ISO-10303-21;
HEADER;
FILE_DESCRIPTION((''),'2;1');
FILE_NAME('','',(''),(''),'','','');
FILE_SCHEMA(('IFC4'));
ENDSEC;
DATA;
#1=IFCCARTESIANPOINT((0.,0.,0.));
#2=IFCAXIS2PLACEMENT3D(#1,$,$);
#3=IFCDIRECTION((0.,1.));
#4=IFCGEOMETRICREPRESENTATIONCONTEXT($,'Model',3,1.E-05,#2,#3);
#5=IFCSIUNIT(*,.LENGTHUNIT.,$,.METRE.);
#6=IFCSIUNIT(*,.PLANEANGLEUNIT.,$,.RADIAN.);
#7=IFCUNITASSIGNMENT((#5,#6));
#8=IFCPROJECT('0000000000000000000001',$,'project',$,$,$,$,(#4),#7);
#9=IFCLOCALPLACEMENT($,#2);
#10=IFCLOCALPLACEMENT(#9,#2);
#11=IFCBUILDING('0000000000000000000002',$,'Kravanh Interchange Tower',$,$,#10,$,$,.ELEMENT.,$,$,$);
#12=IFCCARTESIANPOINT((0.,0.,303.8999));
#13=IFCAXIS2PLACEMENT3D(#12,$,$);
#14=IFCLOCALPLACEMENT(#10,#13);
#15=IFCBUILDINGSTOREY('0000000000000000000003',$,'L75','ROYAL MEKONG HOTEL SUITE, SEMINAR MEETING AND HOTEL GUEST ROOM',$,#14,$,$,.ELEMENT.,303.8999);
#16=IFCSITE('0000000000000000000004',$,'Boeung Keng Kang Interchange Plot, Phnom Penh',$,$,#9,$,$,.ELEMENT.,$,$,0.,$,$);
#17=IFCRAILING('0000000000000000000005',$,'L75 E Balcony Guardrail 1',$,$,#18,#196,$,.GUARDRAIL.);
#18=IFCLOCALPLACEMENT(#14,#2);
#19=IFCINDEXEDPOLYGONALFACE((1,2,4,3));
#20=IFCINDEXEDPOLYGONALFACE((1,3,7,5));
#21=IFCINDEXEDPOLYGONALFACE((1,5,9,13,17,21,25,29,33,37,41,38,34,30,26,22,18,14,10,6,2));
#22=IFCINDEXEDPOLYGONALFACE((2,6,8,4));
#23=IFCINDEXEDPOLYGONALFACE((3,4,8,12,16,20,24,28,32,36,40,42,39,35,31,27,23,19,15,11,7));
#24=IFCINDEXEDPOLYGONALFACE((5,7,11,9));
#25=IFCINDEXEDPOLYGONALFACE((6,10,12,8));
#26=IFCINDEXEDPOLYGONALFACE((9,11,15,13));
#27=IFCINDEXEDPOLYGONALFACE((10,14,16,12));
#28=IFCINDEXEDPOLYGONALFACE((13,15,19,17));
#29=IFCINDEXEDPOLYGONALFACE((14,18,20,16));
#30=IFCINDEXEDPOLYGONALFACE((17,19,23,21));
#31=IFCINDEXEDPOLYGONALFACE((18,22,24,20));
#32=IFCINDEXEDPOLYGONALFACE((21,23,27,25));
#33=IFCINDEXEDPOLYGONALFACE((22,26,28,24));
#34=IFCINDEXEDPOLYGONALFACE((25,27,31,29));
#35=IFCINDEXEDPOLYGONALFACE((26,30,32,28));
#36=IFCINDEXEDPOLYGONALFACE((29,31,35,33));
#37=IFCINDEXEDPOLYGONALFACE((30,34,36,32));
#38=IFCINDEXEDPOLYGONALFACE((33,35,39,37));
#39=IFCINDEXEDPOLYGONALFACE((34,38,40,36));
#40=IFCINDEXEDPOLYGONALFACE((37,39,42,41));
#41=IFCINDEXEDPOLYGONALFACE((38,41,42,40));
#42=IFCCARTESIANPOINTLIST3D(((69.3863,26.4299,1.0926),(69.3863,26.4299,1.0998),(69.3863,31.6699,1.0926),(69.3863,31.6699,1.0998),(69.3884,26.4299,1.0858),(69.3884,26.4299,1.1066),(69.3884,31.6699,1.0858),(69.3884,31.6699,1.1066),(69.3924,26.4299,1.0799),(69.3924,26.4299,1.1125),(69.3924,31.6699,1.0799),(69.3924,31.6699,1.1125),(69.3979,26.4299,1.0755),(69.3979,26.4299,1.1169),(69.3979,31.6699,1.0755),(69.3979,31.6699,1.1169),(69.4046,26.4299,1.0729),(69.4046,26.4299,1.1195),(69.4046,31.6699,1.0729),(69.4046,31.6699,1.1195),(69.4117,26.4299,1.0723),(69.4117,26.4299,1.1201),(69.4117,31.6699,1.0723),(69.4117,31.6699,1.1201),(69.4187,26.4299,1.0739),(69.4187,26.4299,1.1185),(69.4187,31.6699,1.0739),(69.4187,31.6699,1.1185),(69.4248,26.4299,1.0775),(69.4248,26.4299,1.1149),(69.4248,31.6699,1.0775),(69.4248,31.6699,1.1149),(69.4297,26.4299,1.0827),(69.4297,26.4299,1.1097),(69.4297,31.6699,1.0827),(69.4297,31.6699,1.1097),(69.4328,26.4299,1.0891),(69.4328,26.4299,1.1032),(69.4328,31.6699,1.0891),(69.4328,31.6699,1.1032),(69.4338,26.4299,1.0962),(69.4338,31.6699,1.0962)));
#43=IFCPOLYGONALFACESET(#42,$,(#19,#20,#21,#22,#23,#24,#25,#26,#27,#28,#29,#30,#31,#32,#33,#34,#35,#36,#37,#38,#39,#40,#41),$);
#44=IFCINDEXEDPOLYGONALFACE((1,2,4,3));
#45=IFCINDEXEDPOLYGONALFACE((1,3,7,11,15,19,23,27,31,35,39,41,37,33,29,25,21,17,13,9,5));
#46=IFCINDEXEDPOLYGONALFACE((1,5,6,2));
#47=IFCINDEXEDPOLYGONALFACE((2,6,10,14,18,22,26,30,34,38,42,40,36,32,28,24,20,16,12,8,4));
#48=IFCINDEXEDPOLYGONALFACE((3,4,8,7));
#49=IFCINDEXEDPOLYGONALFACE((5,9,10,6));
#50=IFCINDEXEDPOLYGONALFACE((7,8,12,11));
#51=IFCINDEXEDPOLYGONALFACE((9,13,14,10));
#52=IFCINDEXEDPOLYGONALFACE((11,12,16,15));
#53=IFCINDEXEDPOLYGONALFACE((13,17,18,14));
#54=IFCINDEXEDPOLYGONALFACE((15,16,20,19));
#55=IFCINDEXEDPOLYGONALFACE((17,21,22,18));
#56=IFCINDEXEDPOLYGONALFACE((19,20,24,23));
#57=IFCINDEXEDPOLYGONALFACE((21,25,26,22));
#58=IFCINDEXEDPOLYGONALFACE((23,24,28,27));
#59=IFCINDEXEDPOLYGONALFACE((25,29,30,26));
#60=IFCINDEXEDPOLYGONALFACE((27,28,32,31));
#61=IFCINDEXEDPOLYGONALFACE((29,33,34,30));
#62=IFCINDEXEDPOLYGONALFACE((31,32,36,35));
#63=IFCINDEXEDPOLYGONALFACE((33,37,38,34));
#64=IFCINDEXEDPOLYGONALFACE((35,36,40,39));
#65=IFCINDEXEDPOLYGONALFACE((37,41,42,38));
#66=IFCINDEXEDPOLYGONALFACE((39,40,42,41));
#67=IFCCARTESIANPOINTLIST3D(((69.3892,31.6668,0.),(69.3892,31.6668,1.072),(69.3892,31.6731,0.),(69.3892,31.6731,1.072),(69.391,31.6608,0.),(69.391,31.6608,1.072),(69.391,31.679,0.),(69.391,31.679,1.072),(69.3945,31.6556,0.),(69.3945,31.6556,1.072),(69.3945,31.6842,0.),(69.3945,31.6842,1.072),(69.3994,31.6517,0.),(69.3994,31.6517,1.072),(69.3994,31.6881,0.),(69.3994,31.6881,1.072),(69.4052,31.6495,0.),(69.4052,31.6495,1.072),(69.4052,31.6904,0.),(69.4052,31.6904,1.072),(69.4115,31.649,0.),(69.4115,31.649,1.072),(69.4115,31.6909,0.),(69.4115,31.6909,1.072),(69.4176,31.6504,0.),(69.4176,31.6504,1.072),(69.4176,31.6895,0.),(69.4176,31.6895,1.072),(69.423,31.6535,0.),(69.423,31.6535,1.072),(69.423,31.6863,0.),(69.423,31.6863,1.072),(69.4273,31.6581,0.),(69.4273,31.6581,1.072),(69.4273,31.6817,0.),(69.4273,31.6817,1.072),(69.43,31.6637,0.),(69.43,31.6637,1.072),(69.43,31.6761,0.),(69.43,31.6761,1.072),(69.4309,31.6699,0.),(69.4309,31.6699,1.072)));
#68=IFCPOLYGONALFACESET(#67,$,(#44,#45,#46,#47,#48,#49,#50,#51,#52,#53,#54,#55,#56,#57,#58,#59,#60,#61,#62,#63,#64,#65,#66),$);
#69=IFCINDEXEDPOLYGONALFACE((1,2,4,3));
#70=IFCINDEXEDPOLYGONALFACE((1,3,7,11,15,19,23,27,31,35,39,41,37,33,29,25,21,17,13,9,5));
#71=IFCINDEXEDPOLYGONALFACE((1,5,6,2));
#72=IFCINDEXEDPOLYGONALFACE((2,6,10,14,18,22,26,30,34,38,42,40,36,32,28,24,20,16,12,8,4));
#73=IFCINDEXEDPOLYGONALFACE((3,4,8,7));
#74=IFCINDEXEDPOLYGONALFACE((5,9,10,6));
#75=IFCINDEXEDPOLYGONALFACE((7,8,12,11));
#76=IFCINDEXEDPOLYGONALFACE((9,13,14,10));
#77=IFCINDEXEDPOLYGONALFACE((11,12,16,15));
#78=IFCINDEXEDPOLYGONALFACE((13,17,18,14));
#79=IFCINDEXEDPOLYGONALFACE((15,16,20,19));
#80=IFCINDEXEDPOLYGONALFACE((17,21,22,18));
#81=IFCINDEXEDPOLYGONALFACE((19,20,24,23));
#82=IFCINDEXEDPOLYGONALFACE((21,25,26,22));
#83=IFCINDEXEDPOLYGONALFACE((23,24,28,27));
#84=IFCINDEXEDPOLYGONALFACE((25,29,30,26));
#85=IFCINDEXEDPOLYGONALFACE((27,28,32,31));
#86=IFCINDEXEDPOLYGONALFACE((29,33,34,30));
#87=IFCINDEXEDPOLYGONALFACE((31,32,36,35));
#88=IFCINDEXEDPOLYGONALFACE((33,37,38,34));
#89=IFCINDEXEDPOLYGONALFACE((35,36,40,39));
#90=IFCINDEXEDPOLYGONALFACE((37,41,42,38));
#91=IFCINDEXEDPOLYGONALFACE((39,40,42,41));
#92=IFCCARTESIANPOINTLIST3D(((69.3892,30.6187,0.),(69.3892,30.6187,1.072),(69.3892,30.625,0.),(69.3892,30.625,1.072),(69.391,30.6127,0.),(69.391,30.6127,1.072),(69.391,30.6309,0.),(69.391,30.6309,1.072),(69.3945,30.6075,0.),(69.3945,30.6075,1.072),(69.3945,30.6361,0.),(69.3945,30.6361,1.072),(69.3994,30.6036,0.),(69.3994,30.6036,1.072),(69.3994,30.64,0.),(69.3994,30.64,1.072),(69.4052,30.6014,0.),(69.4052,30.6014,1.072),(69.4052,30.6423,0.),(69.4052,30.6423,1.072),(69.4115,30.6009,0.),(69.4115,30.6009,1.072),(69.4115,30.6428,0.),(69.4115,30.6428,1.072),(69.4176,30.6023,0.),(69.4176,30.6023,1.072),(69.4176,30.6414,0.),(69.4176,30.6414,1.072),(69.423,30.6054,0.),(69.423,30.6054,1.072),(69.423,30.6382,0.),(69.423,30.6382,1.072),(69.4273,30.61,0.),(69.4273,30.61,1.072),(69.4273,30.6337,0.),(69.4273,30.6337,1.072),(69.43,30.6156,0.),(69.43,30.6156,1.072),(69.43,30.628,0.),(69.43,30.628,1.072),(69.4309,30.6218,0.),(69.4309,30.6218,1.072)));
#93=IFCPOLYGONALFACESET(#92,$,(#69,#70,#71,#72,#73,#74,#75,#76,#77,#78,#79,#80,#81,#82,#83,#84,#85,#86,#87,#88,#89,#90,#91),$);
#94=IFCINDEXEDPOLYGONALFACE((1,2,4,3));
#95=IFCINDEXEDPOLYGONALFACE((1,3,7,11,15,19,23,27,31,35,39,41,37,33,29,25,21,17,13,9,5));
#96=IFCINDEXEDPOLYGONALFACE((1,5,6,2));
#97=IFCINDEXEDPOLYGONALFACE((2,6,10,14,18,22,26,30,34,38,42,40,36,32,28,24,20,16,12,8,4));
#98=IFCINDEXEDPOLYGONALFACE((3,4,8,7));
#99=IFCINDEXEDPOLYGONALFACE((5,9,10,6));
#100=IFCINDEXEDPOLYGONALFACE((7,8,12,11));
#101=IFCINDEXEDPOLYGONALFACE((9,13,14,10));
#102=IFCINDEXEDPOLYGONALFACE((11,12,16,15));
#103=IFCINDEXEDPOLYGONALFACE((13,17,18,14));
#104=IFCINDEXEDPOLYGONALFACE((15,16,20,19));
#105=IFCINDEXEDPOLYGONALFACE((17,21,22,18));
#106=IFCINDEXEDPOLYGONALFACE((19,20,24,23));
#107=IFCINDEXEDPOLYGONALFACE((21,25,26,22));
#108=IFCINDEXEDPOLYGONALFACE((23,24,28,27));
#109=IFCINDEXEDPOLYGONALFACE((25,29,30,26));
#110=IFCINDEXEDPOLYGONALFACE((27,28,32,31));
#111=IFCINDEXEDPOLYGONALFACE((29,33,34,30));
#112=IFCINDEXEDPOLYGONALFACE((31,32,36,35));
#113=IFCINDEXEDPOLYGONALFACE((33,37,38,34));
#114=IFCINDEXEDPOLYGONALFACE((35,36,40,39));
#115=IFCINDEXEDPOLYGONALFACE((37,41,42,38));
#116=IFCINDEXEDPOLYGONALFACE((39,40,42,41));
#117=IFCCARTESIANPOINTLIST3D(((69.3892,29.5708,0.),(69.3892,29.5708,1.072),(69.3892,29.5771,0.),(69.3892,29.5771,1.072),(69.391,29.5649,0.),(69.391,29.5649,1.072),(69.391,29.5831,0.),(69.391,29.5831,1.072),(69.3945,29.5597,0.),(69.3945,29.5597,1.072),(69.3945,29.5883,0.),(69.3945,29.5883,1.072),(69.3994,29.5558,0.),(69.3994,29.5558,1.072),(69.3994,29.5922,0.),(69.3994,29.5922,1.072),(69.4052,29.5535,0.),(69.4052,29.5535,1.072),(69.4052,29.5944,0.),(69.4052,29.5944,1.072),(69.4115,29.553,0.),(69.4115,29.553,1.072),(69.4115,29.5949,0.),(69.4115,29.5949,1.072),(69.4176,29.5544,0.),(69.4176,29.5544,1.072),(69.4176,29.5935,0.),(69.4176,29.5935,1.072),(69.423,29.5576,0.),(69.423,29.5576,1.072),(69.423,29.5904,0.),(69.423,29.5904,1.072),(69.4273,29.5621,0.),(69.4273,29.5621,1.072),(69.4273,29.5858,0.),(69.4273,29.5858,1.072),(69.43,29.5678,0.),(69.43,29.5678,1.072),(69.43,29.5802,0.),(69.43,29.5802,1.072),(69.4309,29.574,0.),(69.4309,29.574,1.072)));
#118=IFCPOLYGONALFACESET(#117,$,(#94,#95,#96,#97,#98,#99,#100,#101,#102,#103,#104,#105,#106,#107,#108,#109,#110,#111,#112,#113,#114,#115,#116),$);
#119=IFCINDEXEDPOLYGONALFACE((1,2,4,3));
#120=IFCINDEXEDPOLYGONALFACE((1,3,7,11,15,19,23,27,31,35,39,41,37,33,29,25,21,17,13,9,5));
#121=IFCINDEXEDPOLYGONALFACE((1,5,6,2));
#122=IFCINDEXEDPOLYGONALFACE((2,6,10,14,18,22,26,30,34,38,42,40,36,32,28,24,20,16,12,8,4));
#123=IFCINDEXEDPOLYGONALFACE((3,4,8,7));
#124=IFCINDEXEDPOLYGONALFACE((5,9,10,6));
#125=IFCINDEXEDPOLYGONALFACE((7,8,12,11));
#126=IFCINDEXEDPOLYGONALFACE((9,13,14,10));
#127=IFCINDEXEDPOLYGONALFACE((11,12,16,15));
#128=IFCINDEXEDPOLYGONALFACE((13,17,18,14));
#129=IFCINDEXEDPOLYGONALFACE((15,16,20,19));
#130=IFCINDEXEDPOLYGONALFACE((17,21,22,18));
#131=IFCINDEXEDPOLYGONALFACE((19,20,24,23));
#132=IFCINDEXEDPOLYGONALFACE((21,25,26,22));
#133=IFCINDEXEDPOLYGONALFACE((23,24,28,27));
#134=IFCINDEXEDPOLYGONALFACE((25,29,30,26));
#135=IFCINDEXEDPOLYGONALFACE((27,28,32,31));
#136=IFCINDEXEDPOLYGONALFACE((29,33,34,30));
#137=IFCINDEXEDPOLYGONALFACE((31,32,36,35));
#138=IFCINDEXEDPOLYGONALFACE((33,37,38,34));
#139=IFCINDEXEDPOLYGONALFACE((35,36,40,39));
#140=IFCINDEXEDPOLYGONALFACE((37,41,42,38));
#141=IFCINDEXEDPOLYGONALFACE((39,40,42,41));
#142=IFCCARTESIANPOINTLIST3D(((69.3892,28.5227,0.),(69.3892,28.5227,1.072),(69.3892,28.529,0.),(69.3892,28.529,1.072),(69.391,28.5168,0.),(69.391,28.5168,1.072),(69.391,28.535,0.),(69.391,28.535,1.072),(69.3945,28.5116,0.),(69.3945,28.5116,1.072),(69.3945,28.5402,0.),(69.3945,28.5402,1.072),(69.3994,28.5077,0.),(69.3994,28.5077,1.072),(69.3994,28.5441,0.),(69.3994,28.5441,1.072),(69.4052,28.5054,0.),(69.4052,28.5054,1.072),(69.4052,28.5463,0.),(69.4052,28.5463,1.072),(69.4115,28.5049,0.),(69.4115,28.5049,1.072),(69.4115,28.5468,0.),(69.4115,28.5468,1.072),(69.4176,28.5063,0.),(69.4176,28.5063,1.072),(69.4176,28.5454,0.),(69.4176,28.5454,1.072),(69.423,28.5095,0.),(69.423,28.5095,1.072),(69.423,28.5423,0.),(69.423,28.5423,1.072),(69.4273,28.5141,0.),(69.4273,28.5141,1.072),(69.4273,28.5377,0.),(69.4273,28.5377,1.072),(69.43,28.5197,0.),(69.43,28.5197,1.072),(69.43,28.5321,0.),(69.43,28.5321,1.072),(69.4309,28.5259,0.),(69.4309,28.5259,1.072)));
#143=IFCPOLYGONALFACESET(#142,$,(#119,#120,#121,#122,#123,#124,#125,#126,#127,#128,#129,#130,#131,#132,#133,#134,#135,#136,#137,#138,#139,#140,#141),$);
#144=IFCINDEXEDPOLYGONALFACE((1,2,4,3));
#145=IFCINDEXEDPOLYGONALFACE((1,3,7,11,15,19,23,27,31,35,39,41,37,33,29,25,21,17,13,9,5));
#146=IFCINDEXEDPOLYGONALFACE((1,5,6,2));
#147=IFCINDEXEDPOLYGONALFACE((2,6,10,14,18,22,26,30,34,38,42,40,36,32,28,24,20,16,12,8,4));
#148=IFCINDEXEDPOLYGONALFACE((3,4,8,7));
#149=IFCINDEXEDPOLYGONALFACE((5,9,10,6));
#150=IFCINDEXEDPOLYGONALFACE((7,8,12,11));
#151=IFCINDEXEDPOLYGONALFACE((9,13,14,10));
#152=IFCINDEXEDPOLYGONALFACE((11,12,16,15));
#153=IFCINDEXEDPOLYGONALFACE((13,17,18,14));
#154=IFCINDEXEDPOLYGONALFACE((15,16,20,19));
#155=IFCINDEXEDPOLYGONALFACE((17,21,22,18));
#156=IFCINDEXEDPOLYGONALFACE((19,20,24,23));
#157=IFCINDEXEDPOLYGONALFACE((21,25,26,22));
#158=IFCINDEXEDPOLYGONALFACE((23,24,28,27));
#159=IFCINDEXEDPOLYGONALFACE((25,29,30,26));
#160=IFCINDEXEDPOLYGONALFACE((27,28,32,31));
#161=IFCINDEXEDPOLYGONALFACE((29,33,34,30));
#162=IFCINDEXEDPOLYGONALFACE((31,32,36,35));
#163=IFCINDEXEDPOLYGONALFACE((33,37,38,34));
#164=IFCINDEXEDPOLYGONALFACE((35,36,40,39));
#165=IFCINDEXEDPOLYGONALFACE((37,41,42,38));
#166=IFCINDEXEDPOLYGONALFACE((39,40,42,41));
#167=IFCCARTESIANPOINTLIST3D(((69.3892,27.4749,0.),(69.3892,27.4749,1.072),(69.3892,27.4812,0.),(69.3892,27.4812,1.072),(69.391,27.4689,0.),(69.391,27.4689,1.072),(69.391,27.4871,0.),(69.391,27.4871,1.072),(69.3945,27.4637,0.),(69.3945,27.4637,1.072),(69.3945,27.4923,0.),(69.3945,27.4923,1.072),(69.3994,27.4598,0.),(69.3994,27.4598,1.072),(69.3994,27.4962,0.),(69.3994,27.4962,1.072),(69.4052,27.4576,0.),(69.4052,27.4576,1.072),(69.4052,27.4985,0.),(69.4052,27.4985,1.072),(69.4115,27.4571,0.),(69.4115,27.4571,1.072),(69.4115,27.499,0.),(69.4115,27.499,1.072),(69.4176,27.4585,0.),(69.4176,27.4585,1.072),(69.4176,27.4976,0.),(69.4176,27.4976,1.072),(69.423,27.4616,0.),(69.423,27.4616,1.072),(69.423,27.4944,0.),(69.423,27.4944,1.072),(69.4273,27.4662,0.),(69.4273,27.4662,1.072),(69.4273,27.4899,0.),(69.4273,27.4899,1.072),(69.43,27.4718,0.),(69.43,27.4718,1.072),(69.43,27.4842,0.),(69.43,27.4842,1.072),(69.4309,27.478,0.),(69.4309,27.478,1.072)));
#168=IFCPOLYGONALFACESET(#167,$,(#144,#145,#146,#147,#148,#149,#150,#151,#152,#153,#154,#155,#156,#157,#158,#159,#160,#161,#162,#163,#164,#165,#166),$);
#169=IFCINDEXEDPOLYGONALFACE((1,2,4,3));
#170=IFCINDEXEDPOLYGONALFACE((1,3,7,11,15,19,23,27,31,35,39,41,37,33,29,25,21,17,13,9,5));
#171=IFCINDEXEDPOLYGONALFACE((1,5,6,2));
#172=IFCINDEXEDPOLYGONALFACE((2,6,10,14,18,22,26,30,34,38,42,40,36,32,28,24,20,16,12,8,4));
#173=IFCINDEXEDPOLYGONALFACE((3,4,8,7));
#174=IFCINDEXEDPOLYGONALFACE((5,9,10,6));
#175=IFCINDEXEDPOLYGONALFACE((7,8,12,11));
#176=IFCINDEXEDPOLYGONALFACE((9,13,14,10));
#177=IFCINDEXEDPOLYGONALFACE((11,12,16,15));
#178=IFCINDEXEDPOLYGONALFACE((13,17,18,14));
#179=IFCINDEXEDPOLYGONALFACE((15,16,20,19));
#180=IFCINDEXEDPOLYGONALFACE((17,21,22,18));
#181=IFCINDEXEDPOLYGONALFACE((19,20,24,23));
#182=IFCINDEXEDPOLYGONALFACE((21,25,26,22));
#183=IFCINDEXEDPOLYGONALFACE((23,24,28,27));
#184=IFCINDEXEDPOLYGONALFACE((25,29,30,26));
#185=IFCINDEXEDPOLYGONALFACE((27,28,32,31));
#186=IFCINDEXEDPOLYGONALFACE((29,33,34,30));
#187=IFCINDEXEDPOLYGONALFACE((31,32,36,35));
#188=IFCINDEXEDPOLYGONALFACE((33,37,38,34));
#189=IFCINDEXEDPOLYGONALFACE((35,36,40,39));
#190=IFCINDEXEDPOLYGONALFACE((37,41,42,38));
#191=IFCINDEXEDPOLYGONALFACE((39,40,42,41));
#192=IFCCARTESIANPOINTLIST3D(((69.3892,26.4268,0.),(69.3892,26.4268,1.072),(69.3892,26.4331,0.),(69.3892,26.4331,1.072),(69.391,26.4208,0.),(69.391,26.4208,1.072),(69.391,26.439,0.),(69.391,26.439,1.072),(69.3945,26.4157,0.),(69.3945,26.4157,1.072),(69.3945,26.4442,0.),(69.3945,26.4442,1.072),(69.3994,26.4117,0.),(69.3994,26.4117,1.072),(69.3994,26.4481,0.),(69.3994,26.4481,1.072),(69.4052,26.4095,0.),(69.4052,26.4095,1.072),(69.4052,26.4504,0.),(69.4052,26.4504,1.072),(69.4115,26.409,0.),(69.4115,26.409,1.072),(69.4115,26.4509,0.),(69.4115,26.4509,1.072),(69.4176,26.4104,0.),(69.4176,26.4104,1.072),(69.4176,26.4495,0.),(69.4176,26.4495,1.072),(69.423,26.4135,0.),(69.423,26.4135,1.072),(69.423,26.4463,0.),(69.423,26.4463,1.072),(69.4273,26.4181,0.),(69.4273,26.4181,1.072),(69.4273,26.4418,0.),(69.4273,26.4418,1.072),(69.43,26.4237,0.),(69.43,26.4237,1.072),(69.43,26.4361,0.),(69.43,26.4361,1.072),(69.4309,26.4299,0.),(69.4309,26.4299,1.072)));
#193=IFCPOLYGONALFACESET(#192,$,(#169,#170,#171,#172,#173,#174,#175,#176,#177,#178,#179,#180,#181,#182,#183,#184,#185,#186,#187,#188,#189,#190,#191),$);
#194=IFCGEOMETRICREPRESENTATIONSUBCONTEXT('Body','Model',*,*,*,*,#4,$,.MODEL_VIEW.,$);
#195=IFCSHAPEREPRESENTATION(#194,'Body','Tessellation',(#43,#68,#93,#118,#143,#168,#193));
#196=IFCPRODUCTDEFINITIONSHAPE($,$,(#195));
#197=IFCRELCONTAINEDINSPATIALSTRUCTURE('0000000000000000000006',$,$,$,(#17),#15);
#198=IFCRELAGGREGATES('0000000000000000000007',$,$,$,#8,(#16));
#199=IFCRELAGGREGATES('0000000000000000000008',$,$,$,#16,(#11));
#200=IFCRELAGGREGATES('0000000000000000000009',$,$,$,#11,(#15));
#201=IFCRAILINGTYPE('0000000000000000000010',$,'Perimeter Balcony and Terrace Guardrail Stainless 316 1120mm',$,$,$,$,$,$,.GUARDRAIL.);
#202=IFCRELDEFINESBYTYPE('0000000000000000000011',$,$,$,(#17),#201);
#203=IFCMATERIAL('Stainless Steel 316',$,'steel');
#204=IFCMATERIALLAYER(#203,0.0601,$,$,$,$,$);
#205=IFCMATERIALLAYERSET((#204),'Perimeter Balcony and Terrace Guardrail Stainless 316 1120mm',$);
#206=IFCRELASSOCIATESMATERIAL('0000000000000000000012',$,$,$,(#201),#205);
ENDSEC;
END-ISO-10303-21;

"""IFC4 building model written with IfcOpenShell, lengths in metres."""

from ifc_helpers import new_model, si_unit, direction, frame, origin, origin_2d, place, context, subcontext, project, spatial, circle, extrude, material, layer, layer_set, type_object, element, save


model = new_model("IFC4")

# Units and contexts
model_context = context("Model", 3, precision=1e-05, world=origin(), true_north=direction((0.0, 1.0)))
body_context = subcontext(model_context, "Body", "Model", "MODEL_VIEW")
ifc_project = project(units=[si_unit("LENGTHUNIT", "METRE"), si_unit("PLANEANGLEUNIT", "RADIAN")], contexts=[model_context])

# Site, building, storey
site_placement = place(None, origin())
site = spatial("IfcSite", under=ifc_project, at=site_placement, Name="Boeung Keng Kang Interchange Plot, Phnom Penh", CompositionType="ELEMENT", RefElevation=0.0)
building_placement = place(site_placement, origin())
building = spatial("IfcBuilding", under=site, at=building_placement, Name="Kravanh Interchange Tower", CompositionType="ELEMENT")
storey_placement = place(building_placement, frame((0.0, 0.0, 303.8999)))
storey = spatial("IfcBuildingStorey", under=building, at=storey_placement, Name="L75", Description="ROYAL MEKONG HOTEL SUITE, SEMINAR MEETING AND HOTEL GUEST ROOM", CompositionType="ELEMENT", Elevation=303.8999)

# Railing
ifc_material_1 = material(Name="Stainless Steel 316", Category="steel")
ifc_layer_1 = layer(ifc_material_1, 0.0601)
ifc_layer_set_1 = layer_set([ifc_layer_1], Name="Perimeter Balcony and Terrace Guardrail Stainless 316 1120mm")
railing_type = type_object("IfcRailingType", Name="Perimeter Balcony and Terrace Guardrail Stainless 316 1120mm", PredefinedType="GUARDRAIL", material=ifc_layer_set_1)
railing_1_placement = place(storey_placement, frame((69.4099, 31.6699, 0.0)))
element("IfcRailing", 1, at=railing_1_placement, inside=storey, type_object=railing_type, Name="L75 E Balcony Guardrail 1", PredefinedType="GUARDRAIL", context=body_context, shape_type="SweptSolid", body=[
    extrude(circle(Radius=0.0239, at=origin_2d()), frame((0.0, 0.0, 1.0962), z_axis=(0.0, -1.0, 0.0), x_axis=(1.0, 0.0, 0.0)), (0.0, 0.0, 1.0), 5.24),
    extrude(circle(Radius=0.021, at=origin_2d()), origin(), (0.0, 0.0, 1.0), 1.072),
    extrude(circle(Radius=0.021, at=origin_2d()), frame((0.0, -1.0481, 0.0)), (0.0, 0.0, 1.0), 1.072),
    extrude(circle(Radius=0.021, at=origin_2d()), frame((0.0, -2.0959, 0.0)), (0.0, 0.0, 1.0), 1.072),
    extrude(circle(Radius=0.021, at=origin_2d()), frame((0.0, -3.144, 0.0)), (0.0, 0.0, 1.0), 1.072),
    extrude(circle(Radius=0.021, at=origin_2d()), frame((0.0, -4.1919, 0.0)), (0.0, 0.0, 1.0), 1.072),
    extrude(circle(Radius=0.021, at=origin_2d()), frame((0.0, -5.24, 0.0)), (0.0, 0.0, 1.0), 1.072),
])

save(model, "model.ifc")
